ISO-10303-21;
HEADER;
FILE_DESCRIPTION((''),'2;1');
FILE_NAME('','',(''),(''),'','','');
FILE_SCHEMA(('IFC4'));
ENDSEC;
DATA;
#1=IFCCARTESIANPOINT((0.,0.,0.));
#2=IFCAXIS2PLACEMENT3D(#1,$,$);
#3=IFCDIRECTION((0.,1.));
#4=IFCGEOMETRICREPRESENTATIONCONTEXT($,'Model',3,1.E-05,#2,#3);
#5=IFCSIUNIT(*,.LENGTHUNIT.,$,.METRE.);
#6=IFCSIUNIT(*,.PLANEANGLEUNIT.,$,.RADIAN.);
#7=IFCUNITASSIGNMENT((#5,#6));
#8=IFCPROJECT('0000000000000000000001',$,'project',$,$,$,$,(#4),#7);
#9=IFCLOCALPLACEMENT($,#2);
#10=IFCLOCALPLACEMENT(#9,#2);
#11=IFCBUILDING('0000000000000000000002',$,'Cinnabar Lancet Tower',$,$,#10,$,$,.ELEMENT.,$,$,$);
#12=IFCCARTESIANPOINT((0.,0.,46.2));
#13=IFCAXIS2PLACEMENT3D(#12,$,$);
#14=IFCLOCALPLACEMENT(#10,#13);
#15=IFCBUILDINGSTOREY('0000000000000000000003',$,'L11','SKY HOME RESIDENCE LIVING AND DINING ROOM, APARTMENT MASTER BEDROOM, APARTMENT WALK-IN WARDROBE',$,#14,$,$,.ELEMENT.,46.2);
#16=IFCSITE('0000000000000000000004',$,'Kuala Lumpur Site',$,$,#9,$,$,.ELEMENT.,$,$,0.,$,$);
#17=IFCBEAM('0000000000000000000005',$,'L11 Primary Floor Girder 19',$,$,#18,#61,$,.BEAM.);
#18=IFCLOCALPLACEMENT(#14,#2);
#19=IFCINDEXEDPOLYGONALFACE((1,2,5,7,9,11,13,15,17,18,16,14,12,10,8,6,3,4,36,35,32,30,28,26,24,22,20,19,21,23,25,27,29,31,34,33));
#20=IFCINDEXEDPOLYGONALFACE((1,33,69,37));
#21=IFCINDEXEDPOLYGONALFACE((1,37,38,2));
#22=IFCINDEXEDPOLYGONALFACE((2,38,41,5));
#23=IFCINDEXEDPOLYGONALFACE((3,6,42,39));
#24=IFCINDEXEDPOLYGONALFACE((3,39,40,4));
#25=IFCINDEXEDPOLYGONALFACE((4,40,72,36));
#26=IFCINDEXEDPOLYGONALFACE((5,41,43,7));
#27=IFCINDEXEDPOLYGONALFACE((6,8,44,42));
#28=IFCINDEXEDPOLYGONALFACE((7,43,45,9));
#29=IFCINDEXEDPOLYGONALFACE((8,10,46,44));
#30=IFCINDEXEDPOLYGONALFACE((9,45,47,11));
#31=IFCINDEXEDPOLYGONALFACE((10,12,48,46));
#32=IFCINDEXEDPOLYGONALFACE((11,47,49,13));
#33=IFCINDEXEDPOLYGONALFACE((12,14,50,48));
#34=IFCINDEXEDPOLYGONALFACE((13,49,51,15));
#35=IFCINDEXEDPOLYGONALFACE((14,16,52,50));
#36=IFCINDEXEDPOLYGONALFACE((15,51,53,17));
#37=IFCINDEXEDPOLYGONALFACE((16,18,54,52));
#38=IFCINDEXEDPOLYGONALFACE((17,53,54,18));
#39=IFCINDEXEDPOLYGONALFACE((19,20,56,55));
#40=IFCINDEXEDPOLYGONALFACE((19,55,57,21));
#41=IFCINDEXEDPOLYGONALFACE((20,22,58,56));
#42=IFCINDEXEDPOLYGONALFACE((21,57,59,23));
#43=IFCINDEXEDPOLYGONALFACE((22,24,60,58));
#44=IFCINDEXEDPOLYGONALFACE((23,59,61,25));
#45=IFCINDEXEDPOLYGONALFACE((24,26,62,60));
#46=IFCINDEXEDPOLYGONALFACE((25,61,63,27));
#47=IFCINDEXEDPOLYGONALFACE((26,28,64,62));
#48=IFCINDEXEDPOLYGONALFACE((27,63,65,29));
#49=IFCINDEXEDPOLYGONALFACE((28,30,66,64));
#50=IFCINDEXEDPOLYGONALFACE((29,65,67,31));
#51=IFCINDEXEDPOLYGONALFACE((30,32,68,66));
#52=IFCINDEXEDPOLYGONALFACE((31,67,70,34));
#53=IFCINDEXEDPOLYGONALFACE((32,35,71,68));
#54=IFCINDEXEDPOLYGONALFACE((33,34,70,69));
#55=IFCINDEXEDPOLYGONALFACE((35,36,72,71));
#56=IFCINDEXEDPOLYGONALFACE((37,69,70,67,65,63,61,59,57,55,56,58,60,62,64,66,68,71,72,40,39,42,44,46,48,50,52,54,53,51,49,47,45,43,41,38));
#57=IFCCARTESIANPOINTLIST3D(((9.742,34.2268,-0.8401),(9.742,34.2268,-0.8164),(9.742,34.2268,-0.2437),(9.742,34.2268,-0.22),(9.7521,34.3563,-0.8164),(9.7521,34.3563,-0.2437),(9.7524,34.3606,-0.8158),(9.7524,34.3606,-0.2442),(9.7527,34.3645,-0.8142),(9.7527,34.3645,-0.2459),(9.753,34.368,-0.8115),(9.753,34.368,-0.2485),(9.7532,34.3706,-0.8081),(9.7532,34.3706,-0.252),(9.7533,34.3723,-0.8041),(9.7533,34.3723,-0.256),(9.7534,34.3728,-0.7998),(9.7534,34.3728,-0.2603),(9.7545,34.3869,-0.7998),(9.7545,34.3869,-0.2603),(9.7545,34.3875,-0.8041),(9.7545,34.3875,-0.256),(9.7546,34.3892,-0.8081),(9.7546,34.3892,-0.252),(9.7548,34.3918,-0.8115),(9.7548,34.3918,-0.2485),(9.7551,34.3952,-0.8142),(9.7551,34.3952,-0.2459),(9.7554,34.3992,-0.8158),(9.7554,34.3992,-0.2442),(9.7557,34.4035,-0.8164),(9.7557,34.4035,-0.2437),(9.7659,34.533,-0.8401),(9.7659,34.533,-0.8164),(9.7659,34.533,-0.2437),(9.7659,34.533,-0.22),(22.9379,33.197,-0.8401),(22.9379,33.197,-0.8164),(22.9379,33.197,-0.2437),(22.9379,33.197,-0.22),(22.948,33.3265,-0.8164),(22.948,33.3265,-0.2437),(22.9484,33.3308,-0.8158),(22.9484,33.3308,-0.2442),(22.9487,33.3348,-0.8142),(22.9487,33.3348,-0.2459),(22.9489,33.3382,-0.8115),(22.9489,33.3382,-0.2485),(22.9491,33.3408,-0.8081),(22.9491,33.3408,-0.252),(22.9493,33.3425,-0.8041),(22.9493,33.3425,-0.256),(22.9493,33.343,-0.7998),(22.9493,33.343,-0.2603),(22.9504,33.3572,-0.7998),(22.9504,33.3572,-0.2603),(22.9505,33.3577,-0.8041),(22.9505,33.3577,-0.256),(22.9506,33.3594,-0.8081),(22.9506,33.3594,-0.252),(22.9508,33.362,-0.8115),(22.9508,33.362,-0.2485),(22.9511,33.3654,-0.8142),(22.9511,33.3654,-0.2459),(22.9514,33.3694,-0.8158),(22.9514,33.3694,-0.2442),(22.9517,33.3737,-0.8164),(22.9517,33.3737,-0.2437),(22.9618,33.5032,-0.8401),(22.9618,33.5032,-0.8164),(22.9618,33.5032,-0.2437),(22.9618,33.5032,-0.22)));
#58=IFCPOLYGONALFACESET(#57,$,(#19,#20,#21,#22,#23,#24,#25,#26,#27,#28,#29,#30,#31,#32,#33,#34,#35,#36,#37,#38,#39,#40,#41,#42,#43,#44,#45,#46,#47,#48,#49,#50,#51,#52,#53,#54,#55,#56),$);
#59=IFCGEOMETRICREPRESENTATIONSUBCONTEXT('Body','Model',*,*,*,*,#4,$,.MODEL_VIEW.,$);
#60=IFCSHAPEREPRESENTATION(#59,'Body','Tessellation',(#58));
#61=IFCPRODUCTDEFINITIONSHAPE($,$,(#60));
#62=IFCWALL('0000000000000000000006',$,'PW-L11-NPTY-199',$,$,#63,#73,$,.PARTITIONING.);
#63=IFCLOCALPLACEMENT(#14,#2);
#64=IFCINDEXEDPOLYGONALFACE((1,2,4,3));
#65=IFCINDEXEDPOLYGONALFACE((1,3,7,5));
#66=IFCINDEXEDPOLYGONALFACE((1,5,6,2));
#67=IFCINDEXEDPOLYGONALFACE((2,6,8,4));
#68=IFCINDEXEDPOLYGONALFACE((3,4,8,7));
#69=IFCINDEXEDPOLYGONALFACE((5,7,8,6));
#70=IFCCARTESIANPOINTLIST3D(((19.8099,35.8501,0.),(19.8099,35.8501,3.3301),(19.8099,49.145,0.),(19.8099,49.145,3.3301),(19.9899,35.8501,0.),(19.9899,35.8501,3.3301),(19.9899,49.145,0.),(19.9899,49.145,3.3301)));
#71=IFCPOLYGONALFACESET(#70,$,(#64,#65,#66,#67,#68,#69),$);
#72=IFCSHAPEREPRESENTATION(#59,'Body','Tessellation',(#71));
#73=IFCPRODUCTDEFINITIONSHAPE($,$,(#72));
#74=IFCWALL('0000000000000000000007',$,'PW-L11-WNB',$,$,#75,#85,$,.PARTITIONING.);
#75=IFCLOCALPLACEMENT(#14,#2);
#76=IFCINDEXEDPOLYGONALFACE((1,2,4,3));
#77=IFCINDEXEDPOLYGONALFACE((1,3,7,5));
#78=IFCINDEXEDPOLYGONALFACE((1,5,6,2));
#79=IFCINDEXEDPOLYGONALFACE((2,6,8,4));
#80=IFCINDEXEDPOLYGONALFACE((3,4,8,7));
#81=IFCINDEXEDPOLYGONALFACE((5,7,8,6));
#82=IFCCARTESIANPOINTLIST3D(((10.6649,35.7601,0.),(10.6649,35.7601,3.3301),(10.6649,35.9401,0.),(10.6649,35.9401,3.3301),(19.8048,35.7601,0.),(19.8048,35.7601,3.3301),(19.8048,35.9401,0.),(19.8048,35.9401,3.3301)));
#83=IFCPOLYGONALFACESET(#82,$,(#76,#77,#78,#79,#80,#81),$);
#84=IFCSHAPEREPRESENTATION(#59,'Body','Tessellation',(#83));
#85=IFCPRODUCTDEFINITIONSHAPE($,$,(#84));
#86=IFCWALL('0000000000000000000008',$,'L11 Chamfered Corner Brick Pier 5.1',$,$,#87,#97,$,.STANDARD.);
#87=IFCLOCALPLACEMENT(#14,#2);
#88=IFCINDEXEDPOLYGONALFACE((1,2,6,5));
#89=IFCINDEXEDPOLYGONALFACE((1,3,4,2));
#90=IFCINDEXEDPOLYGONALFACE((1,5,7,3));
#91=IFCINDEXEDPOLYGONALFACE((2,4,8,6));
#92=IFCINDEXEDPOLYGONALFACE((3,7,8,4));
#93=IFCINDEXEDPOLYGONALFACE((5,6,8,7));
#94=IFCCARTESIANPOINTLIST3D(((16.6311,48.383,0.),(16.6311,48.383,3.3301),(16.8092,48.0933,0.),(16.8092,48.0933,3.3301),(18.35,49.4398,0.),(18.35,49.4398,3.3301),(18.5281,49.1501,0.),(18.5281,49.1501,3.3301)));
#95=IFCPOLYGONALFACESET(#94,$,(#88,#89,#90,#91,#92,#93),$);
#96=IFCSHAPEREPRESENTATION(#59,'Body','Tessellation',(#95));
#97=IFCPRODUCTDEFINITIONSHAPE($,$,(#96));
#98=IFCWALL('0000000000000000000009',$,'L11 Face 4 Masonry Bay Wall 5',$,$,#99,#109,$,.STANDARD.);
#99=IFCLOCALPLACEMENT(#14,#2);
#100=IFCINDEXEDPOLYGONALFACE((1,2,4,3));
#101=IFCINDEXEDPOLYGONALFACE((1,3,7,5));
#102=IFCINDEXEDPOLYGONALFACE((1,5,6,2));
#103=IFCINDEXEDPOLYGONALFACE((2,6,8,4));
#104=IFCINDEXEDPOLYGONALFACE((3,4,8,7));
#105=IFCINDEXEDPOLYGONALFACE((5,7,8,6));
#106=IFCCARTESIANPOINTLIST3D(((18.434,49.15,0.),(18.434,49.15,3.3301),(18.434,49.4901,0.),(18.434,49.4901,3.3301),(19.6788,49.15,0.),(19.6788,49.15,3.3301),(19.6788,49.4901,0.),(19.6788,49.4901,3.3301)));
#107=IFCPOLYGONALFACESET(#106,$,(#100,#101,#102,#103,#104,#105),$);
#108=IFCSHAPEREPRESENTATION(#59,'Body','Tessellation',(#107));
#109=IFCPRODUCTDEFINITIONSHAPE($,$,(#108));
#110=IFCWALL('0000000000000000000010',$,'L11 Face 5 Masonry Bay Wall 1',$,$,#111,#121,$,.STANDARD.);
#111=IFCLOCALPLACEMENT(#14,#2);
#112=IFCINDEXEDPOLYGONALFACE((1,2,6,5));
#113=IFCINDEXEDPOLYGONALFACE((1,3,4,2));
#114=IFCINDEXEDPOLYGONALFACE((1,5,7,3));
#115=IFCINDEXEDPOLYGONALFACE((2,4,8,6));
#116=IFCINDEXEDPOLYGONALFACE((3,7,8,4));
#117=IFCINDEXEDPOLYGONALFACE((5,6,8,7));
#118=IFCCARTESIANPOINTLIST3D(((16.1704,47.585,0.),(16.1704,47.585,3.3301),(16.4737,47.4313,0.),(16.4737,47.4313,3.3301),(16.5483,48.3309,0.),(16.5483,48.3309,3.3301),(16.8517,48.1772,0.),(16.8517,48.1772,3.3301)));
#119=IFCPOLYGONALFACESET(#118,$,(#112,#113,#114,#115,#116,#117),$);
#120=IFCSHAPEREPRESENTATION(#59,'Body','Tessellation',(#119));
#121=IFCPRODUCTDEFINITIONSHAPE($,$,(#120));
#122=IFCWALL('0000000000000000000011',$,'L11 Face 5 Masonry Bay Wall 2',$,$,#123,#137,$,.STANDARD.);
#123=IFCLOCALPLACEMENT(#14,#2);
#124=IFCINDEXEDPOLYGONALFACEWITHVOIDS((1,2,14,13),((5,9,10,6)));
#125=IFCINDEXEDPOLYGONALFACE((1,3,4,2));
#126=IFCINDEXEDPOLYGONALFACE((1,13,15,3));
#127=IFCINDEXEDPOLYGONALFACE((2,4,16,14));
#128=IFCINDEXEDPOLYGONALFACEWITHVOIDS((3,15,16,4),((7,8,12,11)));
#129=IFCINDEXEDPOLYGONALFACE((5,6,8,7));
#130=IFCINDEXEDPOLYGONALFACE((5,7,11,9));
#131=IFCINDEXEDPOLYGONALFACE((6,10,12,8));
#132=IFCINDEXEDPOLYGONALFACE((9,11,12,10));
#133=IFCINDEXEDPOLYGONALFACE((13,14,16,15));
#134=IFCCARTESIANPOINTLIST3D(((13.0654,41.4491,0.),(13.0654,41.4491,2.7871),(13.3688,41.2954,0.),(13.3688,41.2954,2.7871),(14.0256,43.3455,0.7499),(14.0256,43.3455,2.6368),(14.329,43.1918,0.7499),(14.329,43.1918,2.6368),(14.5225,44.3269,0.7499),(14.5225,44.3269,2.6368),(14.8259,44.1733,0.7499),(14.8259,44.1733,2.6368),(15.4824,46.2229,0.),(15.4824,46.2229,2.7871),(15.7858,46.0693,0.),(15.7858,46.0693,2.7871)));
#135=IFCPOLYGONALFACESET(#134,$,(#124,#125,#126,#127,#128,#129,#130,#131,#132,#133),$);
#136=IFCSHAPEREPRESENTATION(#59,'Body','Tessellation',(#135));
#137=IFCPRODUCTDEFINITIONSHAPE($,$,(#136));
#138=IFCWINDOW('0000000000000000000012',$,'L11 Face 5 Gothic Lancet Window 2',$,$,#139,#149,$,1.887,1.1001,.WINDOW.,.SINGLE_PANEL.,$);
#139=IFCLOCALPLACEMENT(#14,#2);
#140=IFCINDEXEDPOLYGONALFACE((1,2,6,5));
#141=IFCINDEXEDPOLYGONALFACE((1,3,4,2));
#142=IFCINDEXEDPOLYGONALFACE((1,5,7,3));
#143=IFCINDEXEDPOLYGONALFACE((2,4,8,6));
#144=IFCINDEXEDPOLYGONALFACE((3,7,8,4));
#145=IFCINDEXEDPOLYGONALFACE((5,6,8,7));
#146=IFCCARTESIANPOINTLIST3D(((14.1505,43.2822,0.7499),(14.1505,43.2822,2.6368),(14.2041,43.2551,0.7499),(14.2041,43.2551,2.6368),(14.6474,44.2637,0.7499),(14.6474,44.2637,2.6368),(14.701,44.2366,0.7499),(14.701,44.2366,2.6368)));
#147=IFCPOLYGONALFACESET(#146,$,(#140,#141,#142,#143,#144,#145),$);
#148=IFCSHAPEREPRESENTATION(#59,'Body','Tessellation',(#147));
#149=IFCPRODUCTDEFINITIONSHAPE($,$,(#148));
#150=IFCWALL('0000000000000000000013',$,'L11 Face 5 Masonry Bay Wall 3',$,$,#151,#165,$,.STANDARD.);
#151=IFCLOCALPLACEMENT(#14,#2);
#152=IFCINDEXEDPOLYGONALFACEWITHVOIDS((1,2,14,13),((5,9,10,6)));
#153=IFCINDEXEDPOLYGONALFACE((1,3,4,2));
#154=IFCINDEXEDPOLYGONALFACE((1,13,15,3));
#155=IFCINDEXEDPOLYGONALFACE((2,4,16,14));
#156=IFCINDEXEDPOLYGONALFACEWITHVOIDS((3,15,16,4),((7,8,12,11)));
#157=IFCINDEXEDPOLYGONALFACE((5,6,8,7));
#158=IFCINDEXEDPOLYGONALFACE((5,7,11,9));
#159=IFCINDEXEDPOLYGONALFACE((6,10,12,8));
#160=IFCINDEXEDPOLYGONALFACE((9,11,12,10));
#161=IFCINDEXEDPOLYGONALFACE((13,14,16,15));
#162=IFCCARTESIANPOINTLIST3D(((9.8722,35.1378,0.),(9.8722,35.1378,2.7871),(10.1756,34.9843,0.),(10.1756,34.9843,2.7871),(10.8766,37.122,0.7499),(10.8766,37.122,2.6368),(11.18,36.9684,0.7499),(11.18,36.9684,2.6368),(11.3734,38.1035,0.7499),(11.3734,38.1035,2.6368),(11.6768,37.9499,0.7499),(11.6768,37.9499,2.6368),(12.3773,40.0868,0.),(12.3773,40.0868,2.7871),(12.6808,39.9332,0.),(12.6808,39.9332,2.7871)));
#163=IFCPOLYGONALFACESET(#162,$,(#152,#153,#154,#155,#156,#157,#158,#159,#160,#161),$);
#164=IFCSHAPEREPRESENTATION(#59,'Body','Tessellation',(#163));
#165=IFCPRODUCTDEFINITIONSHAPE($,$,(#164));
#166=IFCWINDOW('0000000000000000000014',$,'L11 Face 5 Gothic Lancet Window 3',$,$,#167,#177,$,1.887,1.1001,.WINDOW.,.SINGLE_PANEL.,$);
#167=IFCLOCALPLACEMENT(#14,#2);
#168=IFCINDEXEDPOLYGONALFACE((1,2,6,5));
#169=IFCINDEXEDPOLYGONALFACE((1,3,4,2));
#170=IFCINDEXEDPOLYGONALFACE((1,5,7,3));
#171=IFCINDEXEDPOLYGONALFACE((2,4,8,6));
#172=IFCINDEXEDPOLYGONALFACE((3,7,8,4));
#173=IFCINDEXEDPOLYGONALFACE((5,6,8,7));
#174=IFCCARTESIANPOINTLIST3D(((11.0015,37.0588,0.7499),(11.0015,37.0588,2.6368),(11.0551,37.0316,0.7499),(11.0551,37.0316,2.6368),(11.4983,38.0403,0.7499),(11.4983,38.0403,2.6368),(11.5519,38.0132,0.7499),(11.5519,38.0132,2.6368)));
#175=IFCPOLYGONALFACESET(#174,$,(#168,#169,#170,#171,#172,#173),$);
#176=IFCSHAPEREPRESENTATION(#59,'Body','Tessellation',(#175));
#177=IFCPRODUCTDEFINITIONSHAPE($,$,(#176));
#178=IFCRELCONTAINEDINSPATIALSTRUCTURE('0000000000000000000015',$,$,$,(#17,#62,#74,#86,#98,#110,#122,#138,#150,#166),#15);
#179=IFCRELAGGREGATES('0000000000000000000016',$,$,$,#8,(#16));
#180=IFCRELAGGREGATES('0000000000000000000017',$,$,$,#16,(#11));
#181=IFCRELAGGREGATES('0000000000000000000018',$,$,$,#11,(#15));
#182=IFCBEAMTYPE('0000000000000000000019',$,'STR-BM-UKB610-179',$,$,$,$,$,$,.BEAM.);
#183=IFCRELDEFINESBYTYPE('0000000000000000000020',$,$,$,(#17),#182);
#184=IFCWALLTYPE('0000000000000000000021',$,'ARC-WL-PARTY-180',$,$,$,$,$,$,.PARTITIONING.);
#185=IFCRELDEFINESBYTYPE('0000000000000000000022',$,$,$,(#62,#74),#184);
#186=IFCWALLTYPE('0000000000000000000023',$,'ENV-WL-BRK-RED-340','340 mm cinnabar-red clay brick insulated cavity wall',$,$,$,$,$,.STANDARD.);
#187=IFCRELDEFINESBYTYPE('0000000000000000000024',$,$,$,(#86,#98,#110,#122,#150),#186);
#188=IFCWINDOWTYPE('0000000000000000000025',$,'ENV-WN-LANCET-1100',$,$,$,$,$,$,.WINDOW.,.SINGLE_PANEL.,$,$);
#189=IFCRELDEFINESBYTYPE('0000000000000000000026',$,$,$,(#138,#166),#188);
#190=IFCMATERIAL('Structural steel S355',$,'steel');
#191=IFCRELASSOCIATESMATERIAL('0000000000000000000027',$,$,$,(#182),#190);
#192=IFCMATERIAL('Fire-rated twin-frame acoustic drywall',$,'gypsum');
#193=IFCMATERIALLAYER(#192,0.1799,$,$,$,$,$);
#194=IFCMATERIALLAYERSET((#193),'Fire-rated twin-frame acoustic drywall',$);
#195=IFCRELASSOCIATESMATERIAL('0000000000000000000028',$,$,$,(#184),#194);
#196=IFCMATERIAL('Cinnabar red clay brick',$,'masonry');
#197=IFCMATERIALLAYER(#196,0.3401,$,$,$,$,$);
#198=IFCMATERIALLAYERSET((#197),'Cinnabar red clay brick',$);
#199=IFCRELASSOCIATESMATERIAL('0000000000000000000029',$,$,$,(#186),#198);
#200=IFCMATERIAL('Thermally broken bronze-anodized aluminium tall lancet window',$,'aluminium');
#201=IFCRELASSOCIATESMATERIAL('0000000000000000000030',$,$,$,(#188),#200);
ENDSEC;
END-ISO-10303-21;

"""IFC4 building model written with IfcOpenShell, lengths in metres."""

from ifc_helpers import new_model, si_unit, direction, frame, frame_2d, origin, origin_2d, place, context, subcontext, project, spatial, rectangle, i_section, extrude, material, layer, layer_set, material_profile, profile_set, type_object, element, fill, save


model = new_model("IFC4")

# Units and contexts
model_context = context("Model", 3, precision=1e-05, world=origin(), true_north=direction((0.0, 1.0)))
body_context = subcontext(model_context, "Body", "Model", "MODEL_VIEW")
ifc_project = project(units=[si_unit("LENGTHUNIT", "METRE"), si_unit("PLANEANGLEUNIT", "RADIAN")], contexts=[model_context])

# Site, building, storey
site_placement = place(None, origin())
site = spatial("IfcSite", under=ifc_project, at=site_placement, Name="Kuala Lumpur Site", CompositionType="ELEMENT", RefElevation=0.0)
building_placement = place(site_placement, origin())
building = spatial("IfcBuilding", under=site, at=building_placement, Name="Cinnabar Lancet Tower", CompositionType="ELEMENT")
storey_placement = place(building_placement, frame((0.0, 0.0, 46.2)))
storey = spatial("IfcBuildingStorey", under=building, at=storey_placement, Name="L11", Description="SKY HOME RESIDENCE LIVING AND DINING ROOM, APARTMENT MASTER BEDROOM, APARTMENT WALK-IN WARDROBE", CompositionType="ELEMENT", Elevation=46.2)

# Beam
ifc_material_1 = material(Name="Structural steel S355", Category="steel")
ifc_material_profile_1 = material_profile(ifc_material_1, i_section(OverallWidth=0.3071, OverallDepth=0.6201, WebThickness=0.0142, FlangeThickness=0.0237, FilletRadius=0.0166, at=origin_2d()), Name="UKB 610x305x179")
ifc_profile_set_1 = profile_set([ifc_material_profile_1], Name="Structural steel S355")
beam_type_1 = type_object("IfcBeamType", Name="STR-BM-UKB610-179", PredefinedType="BEAM", material=ifc_profile_set_1)
beam_1_placement = place(storey_placement, frame((9.7539, 34.3799, -0.53), z_axis=(0.996969, -0.077801, 0.0), x_axis=(0.077801, 0.996969, 0.0)))
element("IfcBeam", 1, at=beam_1_placement, inside=storey, type_object=beam_type_1, Name="L11 Primary Floor Girder 19", PredefinedType="BEAM", context=body_context, shape_type="SweptSolid", body=[
    extrude(i_section(OverallWidth=0.3071, OverallDepth=0.6201, WebThickness=0.0142, FlangeThickness=0.0237, FilletRadius=0.0166, at=origin_2d()), origin(), (0.0, 0.0, 1.0), 13.2361),
])

# Walls
ifc_material_2 = material(Name="Fire-rated twin-frame acoustic drywall", Category="gypsum")
ifc_layer_1 = layer(ifc_material_2, 0.1799)
ifc_layer_set_1 = layer_set([ifc_layer_1], Name="Fire-rated twin-frame acoustic drywall")
wall_type_1 = type_object("IfcWallType", Name="ARC-WL-PARTY-180", PredefinedType="PARTITIONING", material=ifc_layer_set_1)
wall_1_placement = place(storey_placement, frame((19.8999, 35.8501, 0.0), z_axis=(0.0, 0.0, 1.0), x_axis=(0.0, 1.0, 0.0)))
element("IfcWall", 2, at=wall_1_placement, inside=storey, type_object=wall_type_1, Name="PW-L11-NPTY-199", PredefinedType="PARTITIONING", context=body_context, shape_type="SweptSolid", body=[
    extrude(rectangle(XDim=13.2949, YDim=0.1799, at=frame_2d((6.6475, 0.0))), origin(), (0.0, 0.0, 1.0), 3.3301),
])
wall_2_placement = place(storey_placement, frame((10.665, 35.8501, 0.0), z_axis=(0.0, 0.0, 1.0), x_axis=(1.0, 0.0, 0.0)))
element("IfcWall", 3, at=wall_2_placement, inside=storey, type_object=wall_type_1, Name="PW-L11-WNB", PredefinedType="PARTITIONING", context=body_context, shape_type="SweptSolid", body=[
    extrude(rectangle(XDim=9.1399, YDim=0.1799, at=frame_2d((4.5698, 0.0))), origin(), (0.0, 0.0, 1.0), 3.3301),
])
ifc_material_3 = material(Name="Cinnabar red clay brick", Category="masonry")
ifc_layer_2 = layer(ifc_material_3, 0.3401)
ifc_layer_set_2 = layer_set([ifc_layer_2], Name="Cinnabar red clay brick")
wall_type_2 = type_object("IfcWallType", Name="ENV-WL-BRK-RED-340", Description="340 mm cinnabar-red clay brick insulated cavity wall", PredefinedType="STANDARD", material=ifc_layer_set_2)
wall_3_placement = place(storey_placement, frame((18.439, 49.2949, 0.0), z_axis=(0.0, 0.0, 1.0), x_axis=(-0.85187, -0.523753, 0.0)))
element("IfcWall", 4, at=wall_3_placement, inside=storey, type_object=wall_type_2, Name="L11 Chamfered Corner Brick Pier 5.1", PredefinedType="STANDARD", context=body_context, shape_type="SweptSolid", body=[
    extrude(rectangle(XDim=2.0178, YDim=0.3401, at=frame_2d((1.0088, 0.0))), origin(), (0.0, 0.0, 1.0), 3.3301),
])
wall_4_placement = place(storey_placement, frame((19.679, 49.3201, 0.0), z_axis=(0.0, 0.0, 1.0), x_axis=(-1.0, 0.0, 0.0)))
element("IfcWall", 5, at=wall_4_placement, inside=storey, type_object=wall_type_2, Name="L11 Face 4 Masonry Bay Wall 5", PredefinedType="STANDARD", context=body_context, shape_type="SweptSolid", body=[
    extrude(rectangle(XDim=1.2449, YDim=0.3401, at=frame_2d((0.6226, 0.0))), origin(), (0.0, 0.0, 1.0), 3.3301),
])
wall_5_placement = place(storey_placement, frame((16.7, 48.2539, 0.0), z_axis=(0.0, 0.0, 1.0), x_axis=(-0.451996, -0.89202, 0.0)))
element("IfcWall", 6, at=wall_5_placement, inside=storey, type_object=wall_type_2, Name="L11 Face 5 Masonry Bay Wall 1", PredefinedType="STANDARD", context=body_context, shape_type="SweptSolid", body=[
    extrude(rectangle(XDim=0.8362, YDim=0.3401, at=frame_2d((0.418, 0.0))), origin(), (0.0, 0.0, 1.0), 3.3301),
])

# Walls, openings, windows
wall_6_placement = place(storey_placement, frame((15.634, 46.146, 0.0), z_axis=(0.0, 0.0, 1.0), x_axis=(-0.451698, -0.892171, 0.0)))
wall_6 = element("IfcWall", 7, at=wall_6_placement, inside=storey, type_object=wall_type_2, Name="L11 Face 5 Masonry Bay Wall 2", PredefinedType="STANDARD", context=body_context, shape_type="SweptSolid", body=[
    extrude(rectangle(XDim=5.3508, YDim=0.3401, at=frame_2d((2.6753, 0.0))), origin(), (0.0, 0.0, 1.0), 2.7871),
])
opening_1_placement = place(wall_6_placement, frame((2.125, 0.0, 0.75)))
opening_1 = element("IfcOpeningElement", 8, at=opening_1_placement, cuts=wall_6, PredefinedType="OPENING", context=body_context, shape_type="SweptSolid", body=[
    extrude(rectangle(XDim=1.1001, YDim=1.887, at=frame_2d((0.55, 0.9434))), frame((0.0, 0.1799, 0.0), z_axis=(0.0, -1.0, 0.0), x_axis=(1.0, 0.0, 0.0)), (0.0, 0.0, 1.0), 0.3601),
])
ifc_material_4 = material(Name="Thermally broken bronze-anodized aluminium tall lancet window", Category="aluminium")
window_type = type_object("IfcWindowType", Name="ENV-WN-LANCET-1100", PartitioningType="SINGLE_PANEL", PredefinedType="WINDOW", material=ifc_material_4)
window_1_placement = place(opening_1_placement, origin())
window_1 = element("IfcWindow", 9, at=window_1_placement, inside=storey, type_object=window_type, Name="L11 Face 5 Gothic Lancet Window 2", OverallHeight=1.887, OverallWidth=1.1001, PartitioningType="SINGLE_PANEL", PredefinedType="WINDOW", context=body_context, shape_type="SweptSolid", body=[
    extrude(rectangle(XDim=1.1001, YDim=1.887, at=frame_2d((0.55, 0.9434))), frame((0.0, 0.03, 0.0), z_axis=(0.0, -1.0, 0.0), x_axis=(1.0, 0.0, 0.0)), (0.0, 0.0, 1.0), 0.0601),
])
fill(opening_1, window_1)
wall_7_placement = place(storey_placement, frame((12.5291, 40.01, 0.0), z_axis=(0.0, 0.0, 1.0), x_axis=(-0.451627, -0.892207, 0.0)))
wall_7 = element("IfcWall", 10, at=wall_7_placement, inside=storey, type_object=wall_type_2, Name="L11 Face 5 Masonry Bay Wall 3", PredefinedType="STANDARD", context=body_context, shape_type="SweptSolid", body=[
    extrude(rectangle(XDim=5.5469, YDim=0.3401, at=frame_2d((2.7734, 0.0))), origin(), (0.0, 0.0, 1.0), 2.7871),
])
opening_2_placement = place(wall_7_placement, frame((2.2229, 0.0, 0.75)))
opening_2 = element("IfcOpeningElement", 11, at=opening_2_placement, cuts=wall_7, PredefinedType="OPENING", context=body_context, shape_type="SweptSolid", body=[
    extrude(rectangle(XDim=1.1001, YDim=1.887, at=frame_2d((0.55, 0.9434))), frame((0.0, 0.1799, 0.0), z_axis=(0.0, -1.0, 0.0), x_axis=(1.0, 0.0, 0.0)), (0.0, 0.0, 1.0), 0.3601),
])
window_2_placement = place(opening_2_placement, origin())
window_2 = element("IfcWindow", 12, at=window_2_placement, inside=storey, type_object=window_type, Name="L11 Face 5 Gothic Lancet Window 3", OverallHeight=1.887, OverallWidth=1.1001, PartitioningType="SINGLE_PANEL", PredefinedType="WINDOW", context=body_context, shape_type="SweptSolid", body=[
    extrude(rectangle(XDim=1.1001, YDim=1.887, at=frame_2d((0.55, 0.9434))), frame((0.0, 0.03, 0.0), z_axis=(0.0, -1.0, 0.0), x_axis=(1.0, 0.0, 0.0)), (0.0, 0.0, 1.0), 0.0601),
])
fill(opening_2, window_2)

save(model, "model.ifc")
